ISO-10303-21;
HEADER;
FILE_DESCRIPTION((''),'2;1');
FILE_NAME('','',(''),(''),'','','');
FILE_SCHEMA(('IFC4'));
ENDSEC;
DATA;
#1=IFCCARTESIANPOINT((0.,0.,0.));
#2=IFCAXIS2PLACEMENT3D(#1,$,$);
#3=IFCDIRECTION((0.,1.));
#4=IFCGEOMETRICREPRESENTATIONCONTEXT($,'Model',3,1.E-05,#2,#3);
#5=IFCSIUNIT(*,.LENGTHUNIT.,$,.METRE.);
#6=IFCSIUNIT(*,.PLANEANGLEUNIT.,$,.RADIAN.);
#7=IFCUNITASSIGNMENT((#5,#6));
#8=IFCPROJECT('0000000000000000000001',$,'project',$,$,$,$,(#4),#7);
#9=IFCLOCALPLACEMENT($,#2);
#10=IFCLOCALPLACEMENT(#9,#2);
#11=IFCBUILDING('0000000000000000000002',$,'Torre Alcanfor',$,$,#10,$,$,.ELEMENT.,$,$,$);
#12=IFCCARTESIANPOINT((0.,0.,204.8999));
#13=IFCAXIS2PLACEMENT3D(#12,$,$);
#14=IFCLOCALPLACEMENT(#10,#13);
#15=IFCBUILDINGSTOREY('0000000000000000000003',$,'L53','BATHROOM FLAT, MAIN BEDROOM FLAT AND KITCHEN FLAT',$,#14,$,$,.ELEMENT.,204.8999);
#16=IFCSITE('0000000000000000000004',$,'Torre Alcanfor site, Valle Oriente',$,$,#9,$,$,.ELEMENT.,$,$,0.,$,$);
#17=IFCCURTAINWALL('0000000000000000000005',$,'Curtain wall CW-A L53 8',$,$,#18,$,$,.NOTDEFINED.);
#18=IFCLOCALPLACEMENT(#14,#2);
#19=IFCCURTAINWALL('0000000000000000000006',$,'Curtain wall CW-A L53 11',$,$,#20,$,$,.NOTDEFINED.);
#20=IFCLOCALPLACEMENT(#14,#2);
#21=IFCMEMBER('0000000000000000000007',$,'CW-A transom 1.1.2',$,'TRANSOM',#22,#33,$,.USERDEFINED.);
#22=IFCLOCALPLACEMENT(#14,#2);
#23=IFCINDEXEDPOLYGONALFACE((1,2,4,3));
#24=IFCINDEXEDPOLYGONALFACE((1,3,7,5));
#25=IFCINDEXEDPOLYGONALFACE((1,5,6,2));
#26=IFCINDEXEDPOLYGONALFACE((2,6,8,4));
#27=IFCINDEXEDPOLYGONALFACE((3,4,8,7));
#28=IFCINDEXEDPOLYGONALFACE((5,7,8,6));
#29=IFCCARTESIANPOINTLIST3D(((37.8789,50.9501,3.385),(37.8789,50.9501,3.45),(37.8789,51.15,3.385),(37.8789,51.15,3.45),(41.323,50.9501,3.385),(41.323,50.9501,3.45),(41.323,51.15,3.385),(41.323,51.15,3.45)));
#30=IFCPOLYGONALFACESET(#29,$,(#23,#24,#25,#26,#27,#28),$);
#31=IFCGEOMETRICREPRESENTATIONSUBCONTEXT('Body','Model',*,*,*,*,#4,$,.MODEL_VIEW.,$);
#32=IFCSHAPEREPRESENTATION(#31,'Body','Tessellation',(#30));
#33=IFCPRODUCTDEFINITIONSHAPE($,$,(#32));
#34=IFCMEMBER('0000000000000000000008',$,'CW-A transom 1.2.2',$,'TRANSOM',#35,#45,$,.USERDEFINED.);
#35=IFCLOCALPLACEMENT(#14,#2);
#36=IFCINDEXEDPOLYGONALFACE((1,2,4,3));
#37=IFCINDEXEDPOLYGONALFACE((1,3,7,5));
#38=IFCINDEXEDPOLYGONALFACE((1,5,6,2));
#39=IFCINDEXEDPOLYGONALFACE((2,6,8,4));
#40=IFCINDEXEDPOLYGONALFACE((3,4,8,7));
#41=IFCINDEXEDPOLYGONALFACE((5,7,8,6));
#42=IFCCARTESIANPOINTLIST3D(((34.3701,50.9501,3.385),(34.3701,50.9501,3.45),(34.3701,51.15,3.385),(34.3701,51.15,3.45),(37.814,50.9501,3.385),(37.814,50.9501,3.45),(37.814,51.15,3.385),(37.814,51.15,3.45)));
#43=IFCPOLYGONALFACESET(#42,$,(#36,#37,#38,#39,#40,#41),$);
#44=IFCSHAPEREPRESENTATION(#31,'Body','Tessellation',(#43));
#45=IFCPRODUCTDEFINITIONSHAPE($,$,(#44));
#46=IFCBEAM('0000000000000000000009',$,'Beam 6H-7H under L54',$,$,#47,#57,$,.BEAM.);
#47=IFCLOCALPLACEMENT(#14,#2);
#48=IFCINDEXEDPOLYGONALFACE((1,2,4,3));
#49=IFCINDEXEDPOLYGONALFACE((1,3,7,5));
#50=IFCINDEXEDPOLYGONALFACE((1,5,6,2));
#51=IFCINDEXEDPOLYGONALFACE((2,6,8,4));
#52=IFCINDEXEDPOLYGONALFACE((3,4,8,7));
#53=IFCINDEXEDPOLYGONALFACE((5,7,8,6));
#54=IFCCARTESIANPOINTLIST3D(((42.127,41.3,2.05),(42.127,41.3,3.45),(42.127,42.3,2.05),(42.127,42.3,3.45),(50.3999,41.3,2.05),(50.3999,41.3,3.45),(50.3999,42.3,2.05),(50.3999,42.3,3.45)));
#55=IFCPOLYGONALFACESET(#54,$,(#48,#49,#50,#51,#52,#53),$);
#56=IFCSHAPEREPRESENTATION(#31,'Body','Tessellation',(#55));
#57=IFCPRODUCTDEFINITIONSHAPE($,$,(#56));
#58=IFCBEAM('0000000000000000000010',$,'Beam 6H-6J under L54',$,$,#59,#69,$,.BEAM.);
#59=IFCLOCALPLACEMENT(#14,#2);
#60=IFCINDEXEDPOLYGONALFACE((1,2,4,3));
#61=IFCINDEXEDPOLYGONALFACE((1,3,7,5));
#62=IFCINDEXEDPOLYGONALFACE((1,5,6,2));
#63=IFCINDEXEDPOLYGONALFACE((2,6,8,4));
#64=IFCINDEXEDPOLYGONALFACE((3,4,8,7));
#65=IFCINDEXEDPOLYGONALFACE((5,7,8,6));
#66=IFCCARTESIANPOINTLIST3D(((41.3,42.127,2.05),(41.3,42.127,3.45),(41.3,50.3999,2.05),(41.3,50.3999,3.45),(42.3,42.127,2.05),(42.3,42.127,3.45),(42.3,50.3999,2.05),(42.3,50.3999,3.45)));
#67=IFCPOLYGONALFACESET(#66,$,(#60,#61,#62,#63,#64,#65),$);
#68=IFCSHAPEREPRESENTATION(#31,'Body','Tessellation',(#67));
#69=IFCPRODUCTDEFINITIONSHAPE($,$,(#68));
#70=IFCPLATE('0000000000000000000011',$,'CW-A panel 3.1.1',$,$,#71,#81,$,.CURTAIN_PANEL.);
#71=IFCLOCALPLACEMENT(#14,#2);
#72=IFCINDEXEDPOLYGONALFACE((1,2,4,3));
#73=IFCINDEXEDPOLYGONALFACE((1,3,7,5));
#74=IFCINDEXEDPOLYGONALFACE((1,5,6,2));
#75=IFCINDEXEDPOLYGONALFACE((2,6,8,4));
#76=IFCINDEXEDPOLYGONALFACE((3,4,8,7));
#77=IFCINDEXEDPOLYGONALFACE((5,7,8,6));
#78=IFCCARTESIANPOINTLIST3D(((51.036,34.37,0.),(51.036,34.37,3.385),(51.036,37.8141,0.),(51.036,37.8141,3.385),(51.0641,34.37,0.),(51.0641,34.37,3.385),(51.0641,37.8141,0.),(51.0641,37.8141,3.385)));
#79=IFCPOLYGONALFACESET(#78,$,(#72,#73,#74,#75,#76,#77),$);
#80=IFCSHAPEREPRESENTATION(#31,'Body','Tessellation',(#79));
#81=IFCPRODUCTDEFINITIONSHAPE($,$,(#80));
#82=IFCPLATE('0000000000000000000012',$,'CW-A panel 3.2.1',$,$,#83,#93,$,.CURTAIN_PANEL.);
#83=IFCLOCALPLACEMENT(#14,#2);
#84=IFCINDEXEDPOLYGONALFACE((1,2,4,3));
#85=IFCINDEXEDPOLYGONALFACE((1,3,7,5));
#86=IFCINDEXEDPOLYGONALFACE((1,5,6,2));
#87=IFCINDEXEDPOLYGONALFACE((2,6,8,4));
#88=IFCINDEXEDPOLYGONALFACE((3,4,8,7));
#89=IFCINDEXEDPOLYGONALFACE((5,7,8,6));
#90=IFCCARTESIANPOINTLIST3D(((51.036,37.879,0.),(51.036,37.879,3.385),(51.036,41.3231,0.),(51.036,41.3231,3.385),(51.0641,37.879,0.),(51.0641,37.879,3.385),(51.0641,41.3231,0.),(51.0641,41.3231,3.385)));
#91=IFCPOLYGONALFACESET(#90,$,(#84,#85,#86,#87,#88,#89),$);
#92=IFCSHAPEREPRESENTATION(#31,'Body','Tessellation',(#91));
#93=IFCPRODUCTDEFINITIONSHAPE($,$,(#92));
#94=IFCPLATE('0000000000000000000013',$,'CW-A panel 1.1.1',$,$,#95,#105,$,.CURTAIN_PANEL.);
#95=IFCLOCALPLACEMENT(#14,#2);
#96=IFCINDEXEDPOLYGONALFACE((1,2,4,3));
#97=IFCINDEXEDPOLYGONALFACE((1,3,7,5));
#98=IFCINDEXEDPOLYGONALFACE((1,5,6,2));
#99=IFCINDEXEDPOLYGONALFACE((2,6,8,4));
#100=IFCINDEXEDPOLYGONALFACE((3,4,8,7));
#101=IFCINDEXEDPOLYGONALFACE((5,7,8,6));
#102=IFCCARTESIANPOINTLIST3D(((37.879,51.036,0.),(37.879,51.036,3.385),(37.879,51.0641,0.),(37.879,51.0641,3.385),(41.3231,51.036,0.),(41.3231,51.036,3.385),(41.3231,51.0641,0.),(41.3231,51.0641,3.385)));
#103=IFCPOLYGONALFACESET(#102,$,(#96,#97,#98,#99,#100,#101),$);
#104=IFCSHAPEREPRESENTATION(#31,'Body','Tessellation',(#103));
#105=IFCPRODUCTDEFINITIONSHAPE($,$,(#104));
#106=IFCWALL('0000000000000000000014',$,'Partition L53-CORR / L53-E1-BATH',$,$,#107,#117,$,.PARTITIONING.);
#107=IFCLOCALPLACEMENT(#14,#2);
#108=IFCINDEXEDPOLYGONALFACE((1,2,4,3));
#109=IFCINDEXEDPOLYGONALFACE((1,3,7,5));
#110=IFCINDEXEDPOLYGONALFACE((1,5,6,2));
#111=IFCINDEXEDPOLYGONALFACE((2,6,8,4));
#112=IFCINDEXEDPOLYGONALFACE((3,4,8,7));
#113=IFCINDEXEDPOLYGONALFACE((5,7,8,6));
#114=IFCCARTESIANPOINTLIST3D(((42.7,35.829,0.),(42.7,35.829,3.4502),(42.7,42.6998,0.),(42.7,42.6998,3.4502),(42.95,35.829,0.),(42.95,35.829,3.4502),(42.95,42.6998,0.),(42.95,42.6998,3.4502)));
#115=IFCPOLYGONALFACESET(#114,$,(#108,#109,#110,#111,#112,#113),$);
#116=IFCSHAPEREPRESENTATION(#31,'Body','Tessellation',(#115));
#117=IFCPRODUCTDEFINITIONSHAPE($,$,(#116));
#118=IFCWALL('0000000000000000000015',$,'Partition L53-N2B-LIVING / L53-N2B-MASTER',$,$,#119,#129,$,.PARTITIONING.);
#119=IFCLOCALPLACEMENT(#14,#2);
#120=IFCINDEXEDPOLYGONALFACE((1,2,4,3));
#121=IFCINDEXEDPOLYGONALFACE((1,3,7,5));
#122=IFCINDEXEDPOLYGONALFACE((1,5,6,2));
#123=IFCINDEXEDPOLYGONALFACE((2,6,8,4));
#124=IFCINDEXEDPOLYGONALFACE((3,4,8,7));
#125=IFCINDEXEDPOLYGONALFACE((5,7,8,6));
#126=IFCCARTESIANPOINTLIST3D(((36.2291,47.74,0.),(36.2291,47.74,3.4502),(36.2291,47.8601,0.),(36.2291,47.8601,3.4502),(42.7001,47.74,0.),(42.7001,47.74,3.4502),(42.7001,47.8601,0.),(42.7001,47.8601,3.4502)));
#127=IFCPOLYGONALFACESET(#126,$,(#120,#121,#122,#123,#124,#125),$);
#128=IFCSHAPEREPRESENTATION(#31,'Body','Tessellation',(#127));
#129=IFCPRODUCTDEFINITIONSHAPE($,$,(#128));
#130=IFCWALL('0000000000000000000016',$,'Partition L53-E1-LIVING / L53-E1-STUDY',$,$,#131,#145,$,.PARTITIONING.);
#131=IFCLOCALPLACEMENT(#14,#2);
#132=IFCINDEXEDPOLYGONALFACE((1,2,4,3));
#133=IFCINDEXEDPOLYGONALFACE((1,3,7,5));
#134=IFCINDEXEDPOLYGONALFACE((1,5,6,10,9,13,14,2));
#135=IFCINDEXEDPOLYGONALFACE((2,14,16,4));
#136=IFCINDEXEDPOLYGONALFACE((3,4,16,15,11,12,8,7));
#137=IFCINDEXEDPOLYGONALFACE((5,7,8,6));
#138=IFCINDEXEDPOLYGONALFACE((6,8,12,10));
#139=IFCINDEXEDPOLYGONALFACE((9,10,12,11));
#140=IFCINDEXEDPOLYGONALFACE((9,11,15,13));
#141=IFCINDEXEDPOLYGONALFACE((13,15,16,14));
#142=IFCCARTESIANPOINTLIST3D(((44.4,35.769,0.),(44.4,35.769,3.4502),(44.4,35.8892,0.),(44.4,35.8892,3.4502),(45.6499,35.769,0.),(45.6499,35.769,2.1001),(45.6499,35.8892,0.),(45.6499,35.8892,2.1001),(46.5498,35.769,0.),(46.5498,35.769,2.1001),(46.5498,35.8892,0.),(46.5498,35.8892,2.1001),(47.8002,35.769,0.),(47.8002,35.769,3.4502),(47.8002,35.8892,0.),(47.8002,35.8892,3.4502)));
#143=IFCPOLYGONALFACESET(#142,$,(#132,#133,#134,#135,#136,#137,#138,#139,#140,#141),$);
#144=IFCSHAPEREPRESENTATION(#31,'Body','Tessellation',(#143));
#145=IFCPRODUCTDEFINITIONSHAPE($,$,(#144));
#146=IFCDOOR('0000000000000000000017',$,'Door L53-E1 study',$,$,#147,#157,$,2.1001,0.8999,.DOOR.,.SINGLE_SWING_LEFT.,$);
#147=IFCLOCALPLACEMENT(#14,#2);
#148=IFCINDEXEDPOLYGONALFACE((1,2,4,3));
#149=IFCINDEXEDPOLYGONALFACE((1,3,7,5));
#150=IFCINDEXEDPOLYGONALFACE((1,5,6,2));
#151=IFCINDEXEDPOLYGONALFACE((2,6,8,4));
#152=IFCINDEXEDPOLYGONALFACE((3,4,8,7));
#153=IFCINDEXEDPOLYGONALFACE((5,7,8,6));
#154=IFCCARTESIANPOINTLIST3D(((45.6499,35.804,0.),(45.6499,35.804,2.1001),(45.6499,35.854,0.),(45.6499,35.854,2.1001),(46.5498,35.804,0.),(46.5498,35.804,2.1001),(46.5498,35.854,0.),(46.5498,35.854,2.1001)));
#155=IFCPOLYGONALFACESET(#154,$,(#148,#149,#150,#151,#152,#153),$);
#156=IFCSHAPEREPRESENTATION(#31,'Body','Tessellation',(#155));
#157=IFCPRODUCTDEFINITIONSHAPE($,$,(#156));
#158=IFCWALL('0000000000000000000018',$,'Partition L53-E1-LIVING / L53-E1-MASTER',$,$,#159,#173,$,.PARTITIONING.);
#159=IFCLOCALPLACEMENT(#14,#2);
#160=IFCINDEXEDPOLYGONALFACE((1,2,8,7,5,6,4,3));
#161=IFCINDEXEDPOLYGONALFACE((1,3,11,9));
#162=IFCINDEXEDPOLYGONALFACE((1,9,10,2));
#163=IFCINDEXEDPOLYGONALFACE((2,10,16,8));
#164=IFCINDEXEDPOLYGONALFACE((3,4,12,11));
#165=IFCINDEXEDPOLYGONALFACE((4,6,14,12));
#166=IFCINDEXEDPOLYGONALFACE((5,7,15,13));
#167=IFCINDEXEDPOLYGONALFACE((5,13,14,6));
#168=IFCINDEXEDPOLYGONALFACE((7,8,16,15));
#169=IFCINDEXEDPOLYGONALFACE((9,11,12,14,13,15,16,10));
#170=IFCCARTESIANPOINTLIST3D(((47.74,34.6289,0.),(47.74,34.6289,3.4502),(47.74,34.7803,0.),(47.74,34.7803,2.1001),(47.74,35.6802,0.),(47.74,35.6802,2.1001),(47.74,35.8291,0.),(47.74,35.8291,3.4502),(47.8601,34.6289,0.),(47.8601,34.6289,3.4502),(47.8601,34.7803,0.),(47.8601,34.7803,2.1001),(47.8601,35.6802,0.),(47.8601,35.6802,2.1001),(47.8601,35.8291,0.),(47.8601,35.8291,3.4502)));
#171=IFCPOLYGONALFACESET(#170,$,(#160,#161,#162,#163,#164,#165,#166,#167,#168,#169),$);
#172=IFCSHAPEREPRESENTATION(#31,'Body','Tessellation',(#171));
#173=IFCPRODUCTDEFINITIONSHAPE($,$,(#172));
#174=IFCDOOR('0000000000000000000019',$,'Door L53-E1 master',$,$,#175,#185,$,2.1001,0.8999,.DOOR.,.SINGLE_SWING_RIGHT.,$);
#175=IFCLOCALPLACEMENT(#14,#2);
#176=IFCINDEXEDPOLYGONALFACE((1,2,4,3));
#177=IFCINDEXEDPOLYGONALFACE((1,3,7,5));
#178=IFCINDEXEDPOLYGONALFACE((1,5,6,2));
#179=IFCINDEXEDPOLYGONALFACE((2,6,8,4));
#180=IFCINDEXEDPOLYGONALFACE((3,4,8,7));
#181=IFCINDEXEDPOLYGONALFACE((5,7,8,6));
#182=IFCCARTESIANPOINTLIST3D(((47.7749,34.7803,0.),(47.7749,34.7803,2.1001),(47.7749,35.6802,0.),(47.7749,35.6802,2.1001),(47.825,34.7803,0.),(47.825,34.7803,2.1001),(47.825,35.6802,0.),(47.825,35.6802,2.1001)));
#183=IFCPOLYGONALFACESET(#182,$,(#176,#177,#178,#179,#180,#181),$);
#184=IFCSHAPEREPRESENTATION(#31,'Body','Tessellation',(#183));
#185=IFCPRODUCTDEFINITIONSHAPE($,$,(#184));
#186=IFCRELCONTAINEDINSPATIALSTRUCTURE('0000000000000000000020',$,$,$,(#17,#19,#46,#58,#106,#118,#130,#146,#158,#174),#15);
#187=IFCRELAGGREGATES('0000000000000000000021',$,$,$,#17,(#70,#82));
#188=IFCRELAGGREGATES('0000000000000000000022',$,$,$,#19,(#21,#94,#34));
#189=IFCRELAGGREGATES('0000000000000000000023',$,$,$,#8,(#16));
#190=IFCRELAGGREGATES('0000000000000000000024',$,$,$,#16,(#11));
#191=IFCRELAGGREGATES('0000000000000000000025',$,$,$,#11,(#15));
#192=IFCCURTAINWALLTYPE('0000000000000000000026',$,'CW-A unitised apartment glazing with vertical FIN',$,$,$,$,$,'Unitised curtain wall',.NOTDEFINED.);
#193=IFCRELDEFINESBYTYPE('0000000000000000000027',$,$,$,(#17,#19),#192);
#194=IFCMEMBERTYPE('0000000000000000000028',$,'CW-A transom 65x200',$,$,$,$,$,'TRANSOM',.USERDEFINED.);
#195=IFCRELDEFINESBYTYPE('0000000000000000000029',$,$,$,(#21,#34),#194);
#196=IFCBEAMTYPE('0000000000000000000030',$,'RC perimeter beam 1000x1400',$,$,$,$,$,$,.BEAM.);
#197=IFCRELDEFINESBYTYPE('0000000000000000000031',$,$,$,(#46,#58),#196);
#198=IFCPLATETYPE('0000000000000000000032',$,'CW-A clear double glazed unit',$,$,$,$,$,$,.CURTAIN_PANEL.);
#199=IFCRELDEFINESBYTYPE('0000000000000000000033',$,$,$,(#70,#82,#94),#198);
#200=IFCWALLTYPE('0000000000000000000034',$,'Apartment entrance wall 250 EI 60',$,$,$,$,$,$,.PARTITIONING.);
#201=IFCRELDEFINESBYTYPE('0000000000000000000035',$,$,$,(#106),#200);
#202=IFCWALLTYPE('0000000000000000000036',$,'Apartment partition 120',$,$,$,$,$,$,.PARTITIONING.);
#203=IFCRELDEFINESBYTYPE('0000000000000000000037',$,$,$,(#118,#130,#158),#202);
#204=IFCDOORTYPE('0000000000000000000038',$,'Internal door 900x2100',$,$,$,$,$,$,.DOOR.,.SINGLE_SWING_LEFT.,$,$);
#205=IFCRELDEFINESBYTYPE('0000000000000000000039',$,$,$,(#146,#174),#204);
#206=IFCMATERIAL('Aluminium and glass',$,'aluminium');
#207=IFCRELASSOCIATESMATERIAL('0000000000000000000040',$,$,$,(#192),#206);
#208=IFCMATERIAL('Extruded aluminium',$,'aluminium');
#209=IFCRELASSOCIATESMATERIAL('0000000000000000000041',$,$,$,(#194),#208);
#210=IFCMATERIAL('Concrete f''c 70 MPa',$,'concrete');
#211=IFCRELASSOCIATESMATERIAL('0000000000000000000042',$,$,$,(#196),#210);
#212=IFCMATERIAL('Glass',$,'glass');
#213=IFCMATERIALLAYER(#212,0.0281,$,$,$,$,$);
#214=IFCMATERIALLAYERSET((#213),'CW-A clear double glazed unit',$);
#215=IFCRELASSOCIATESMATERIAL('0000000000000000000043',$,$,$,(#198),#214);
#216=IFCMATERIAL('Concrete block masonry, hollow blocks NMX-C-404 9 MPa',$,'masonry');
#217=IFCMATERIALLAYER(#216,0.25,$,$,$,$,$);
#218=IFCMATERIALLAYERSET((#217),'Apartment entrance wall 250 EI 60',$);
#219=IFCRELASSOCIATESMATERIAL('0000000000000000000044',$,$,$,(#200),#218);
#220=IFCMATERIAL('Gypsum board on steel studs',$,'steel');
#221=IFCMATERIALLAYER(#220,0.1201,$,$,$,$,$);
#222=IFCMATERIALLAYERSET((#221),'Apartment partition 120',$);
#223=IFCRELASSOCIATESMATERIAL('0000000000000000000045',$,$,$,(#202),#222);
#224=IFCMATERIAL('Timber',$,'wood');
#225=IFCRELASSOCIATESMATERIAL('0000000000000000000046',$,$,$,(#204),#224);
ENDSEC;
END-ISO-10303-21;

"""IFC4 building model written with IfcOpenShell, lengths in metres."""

from ifc_helpers import new_model, si_unit, direction, frame, frame_2d, origin, origin_2d, place, context, subcontext, project, spatial, rectangle, extrude, material, layer, layer_set, material_profile, profile_set, type_object, element, fill, aggregate, save


model = new_model("IFC4")

# Units and contexts
model_context = context("Model", 3, precision=1e-05, world=origin(), true_north=direction((0.0, 1.0)))
body_context = subcontext(model_context, "Body", "Model", "MODEL_VIEW")
ifc_project = project(units=[si_unit("LENGTHUNIT", "METRE"), si_unit("PLANEANGLEUNIT", "RADIAN")], contexts=[model_context])

# Site, building, storey
site_placement = place(None, origin())
site = spatial("IfcSite", under=ifc_project, at=site_placement, Name="Torre Alcanfor site, Valle Oriente", CompositionType="ELEMENT", RefElevation=0.0)
building_placement = place(site_placement, origin())
building = spatial("IfcBuilding", under=site, at=building_placement, Name="Torre Alcanfor", CompositionType="ELEMENT")
storey_placement = place(building_placement, frame((0.0, 0.0, 204.8999)))
storey = spatial("IfcBuildingStorey", under=building, at=storey_placement, Name="L53", Description="BATHROOM FLAT, MAIN BEDROOM FLAT AND KITCHEN FLAT", CompositionType="ELEMENT", Elevation=204.8999)

# Curtain walls
ifc_material_1 = material(Name="Aluminium and glass", Category="aluminium")
curtain_wall_type = type_object("IfcCurtainWallType", Name="CW-A unitised apartment glazing with vertical FIN", ElementType="Unitised curtain wall", PredefinedType="NOTDEFINED", material=ifc_material_1)
curtain_wall_1_placement = place(storey_placement, origin())
curtain_wall_1 = element("IfcCurtainWall", 1, at=curtain_wall_1_placement, inside=storey, type_object=curtain_wall_type, Name="Curtain wall CW-A L53 8", PredefinedType="NOTDEFINED")
curtain_wall_2_placement = place(storey_placement, origin())
curtain_wall_2 = element("IfcCurtainWall", 2, at=curtain_wall_2_placement, inside=storey, type_object=curtain_wall_type, Name="Curtain wall CW-A L53 11", PredefinedType="NOTDEFINED")

# Members
ifc_material_2 = material(Name="Extruded aluminium", Category="aluminium")
ifc_material_profile_1 = material_profile(ifc_material_2, rectangle(XDim=0.2, YDim=0.0649, at=origin_2d()), Name="CW-A transom 200x65")
ifc_profile_set_1 = profile_set([ifc_material_profile_1], Name="Extruded aluminium")
member_type_1 = type_object("IfcMemberType", Name="CW-A transom 65x200", ElementType="TRANSOM", PredefinedType="USERDEFINED", material=ifc_profile_set_1)
member_1_placement = place(storey_placement, frame((41.323, 51.05, 3.4175), z_axis=(-1.0, 0.0, 0.0), x_axis=(0.0, -1.0, 0.0)))
member_1 = element("IfcMember", 3, at=member_1_placement, type_object=member_type_1, Name="CW-A transom 1.1.2", ObjectType="TRANSOM", PredefinedType="USERDEFINED", context=body_context, shape_type="SweptSolid", body=[
    extrude(rectangle(XDim=0.2, YDim=0.0649, at=origin_2d()), origin(), (0.0, 0.0, 1.0), 3.4441),
])
member_2_placement = place(storey_placement, frame((37.814, 51.05, 3.4175), z_axis=(-1.0, 0.0, 0.0), x_axis=(0.0, -1.0, 0.0)))
member_2 = element("IfcMember", 4, at=member_2_placement, type_object=member_type_1, Name="CW-A transom 1.2.2", ObjectType="TRANSOM", PredefinedType="USERDEFINED", context=body_context, shape_type="SweptSolid", body=[
    extrude(rectangle(XDim=0.2, YDim=0.0649, at=origin_2d()), origin(), (0.0, 0.0, 1.0), 3.4438),
])

# Beams
ifc_material_3 = material(Name="Concrete f'c 70 MPa", Category="concrete")
ifc_material_profile_2 = material_profile(ifc_material_3, rectangle(XDim=1.0, YDim=1.3999, at=origin_2d()), Name="1000x1400")
ifc_profile_set_2 = profile_set([ifc_material_profile_2], Name="Concrete f'c 70 MPa")
beam_type = type_object("IfcBeamType", Name="RC perimeter beam 1000x1400", PredefinedType="BEAM", material=ifc_profile_set_2)
for number, where, z_axis, x_axis, name in (
    (5, (42.127, 41.8, 2.75), (1.0, 0.0, 0.0), (0.0, 1.0, 0.0), "Beam 6H-7H under L54"),
    (6, (41.8, 42.127, 2.75), (0.0, 1.0, 0.0), (-1.0, 0.0, 0.0), "Beam 6H-6J under L54"),
):
    element("IfcBeam", number, at=place(storey_placement, frame(where, z_axis=z_axis, x_axis=x_axis)), inside=storey, type_object=beam_type, Name=name, PredefinedType="BEAM", context=body_context, shape_type="SweptSolid", body=[
        extrude(rectangle(XDim=1.0, YDim=1.3999, at=origin_2d()), origin(), (0.0, 0.0, 1.0), 8.2729),
    ])

# Plates
ifc_material_4 = material(Name="Glass", Category="glass")
ifc_layer_1 = layer(ifc_material_4, 0.0281)
ifc_layer_set_1 = layer_set([ifc_layer_1], Name="CW-A clear double glazed unit")
plate_type = type_object("IfcPlateType", Name="CW-A clear double glazed unit", PredefinedType="CURTAIN_PANEL", material=ifc_layer_set_1)
plate_1_placement = place(storey_placement, frame((51.05, 36.092, 0.0), z_axis=(0.0, 0.0, 1.0), x_axis=(0.0, 1.0, 0.0)))
plate_1 = element("IfcPlate", 7, at=plate_1_placement, type_object=plate_type, Name="CW-A panel 3.1.1", PredefinedType="CURTAIN_PANEL", context=body_context, shape_type="SweptSolid", body=[
    extrude(rectangle(XDim=3.4441, YDim=0.0281, at=origin_2d()), origin(), (0.0, 0.0, 1.0), 3.385),
])
plate_2_placement = place(storey_placement, frame((51.05, 39.6011, 0.0), z_axis=(0.0, 0.0, 1.0), x_axis=(0.0, 1.0, 0.0)))
plate_2 = element("IfcPlate", 8, at=plate_2_placement, type_object=plate_type, Name="CW-A panel 3.2.1", PredefinedType="CURTAIN_PANEL", context=body_context, shape_type="SweptSolid", body=[
    extrude(rectangle(XDim=3.4441, YDim=0.0281, at=origin_2d()), origin(), (0.0, 0.0, 1.0), 3.385),
])
aggregate(curtain_wall_1, [plate_1, plate_2])
plate_3_placement = place(storey_placement, frame((39.6011, 51.05, 0.0), z_axis=(0.0, 0.0, 1.0), x_axis=(-1.0, 0.0, 0.0)))
plate_3 = element("IfcPlate", 9, at=plate_3_placement, type_object=plate_type, Name="CW-A panel 1.1.1", PredefinedType="CURTAIN_PANEL", context=body_context, shape_type="SweptSolid", body=[
    extrude(rectangle(XDim=3.4441, YDim=0.0281, at=origin_2d()), origin(), (0.0, 0.0, 1.0), 3.385),
])
aggregate(curtain_wall_2, [member_1, plate_3, member_2])

# Walls
ifc_material_5 = material(Name="Concrete block masonry, hollow blocks NMX-C-404 9 MPa", Category="masonry")
ifc_layer_2 = layer(ifc_material_5, 0.25)
ifc_layer_set_2 = layer_set([ifc_layer_2], Name="Apartment entrance wall 250 EI 60")
wall_type_1 = type_object("IfcWallType", Name="Apartment entrance wall 250 EI 60", PredefinedType="PARTITIONING", material=ifc_layer_set_2)
wall_1_placement = place(storey_placement, frame((42.825, 42.7, 0.0), z_axis=(0.0, 0.0, 1.0), x_axis=(0.0, -1.0, 0.0)))
element("IfcWall", 10, at=wall_1_placement, inside=storey, type_object=wall_type_1, Name="Partition L53-CORR / L53-E1-BATH", PredefinedType="PARTITIONING", context=body_context, shape_type="SweptSolid", body=[
    extrude(rectangle(XDim=6.8708, YDim=0.25, at=frame_2d((3.4355, 0.0))), origin(), (0.0, 0.0, 1.0), 3.4502),
])
ifc_material_6 = material(Name="Gypsum board on steel studs", Category="steel")
ifc_layer_3 = layer(ifc_material_6, 0.1201)
ifc_layer_set_3 = layer_set([ifc_layer_3], Name="Apartment partition 120")
wall_type_2 = type_object("IfcWallType", Name="Apartment partition 120", PredefinedType="PARTITIONING", material=ifc_layer_set_3)
wall_2_placement = place(storey_placement, frame((42.7, 47.8, 0.0), z_axis=(0.0, 0.0, 1.0), x_axis=(-1.0, 0.0, 0.0)))
element("IfcWall", 11, at=wall_2_placement, inside=storey, type_object=wall_type_2, Name="Partition L53-N2B-LIVING / L53-N2B-MASTER", PredefinedType="PARTITIONING", context=body_context, shape_type="SweptSolid", body=[
    extrude(rectangle(XDim=6.4709, YDim=0.1201, at=frame_2d((3.2354, 0.0))), origin(), (0.0, 0.0, 1.0), 3.4502),
])

# Walls, openings, doors
wall_3_placement = place(storey_placement, frame((44.3999, 35.8291, 0.0), z_axis=(0.0, 0.0, 1.0), x_axis=(1.0, 0.0, 0.0)))
wall_3 = element("IfcWall", 12, at=wall_3_placement, inside=storey, type_object=wall_type_2, Name="Partition L53-E1-LIVING / L53-E1-STUDY", PredefinedType="PARTITIONING", context=body_context, shape_type="SweptSolid", body=[
    extrude(rectangle(XDim=3.4001, YDim=0.1201, at=frame_2d((1.7002, 0.0))), origin(), (0.0, 0.0, 1.0), 3.4502),
])
opening_1_placement = place(wall_3_placement, frame((1.25, 0.0, 0.0)))
opening_1 = element("IfcOpeningElement", 13, at=opening_1_placement, cuts=wall_3, PredefinedType="OPENING", context=body_context, shape_type="SweptSolid", body=[
    extrude(rectangle(XDim=0.8999, YDim=2.1001, at=frame_2d((0.45, 1.05))), frame((0.0, 0.0701, 0.0), z_axis=(0.0, -1.0, 0.0), x_axis=(1.0, 0.0, 0.0)), (0.0, 0.0, 1.0), 0.1401),
])
ifc_material_7 = material(Name="Timber", Category="wood")
door_type = type_object("IfcDoorType", Name="Internal door 900x2100", OperationType="SINGLE_SWING_LEFT", PredefinedType="DOOR", material=ifc_material_7)
door_1_placement = place(opening_1_placement, origin())
door_1 = element("IfcDoor", 14, at=door_1_placement, inside=storey, type_object=door_type, Name="Door L53-E1 study", OperationType="SINGLE_SWING_LEFT", OverallHeight=2.1001, OverallWidth=0.8999, PredefinedType="DOOR", context=body_context, shape_type="SweptSolid", body=[
    extrude(rectangle(XDim=0.8999, YDim=2.1001, at=frame_2d((0.45, 1.05))), frame((0.0, 0.0249, 0.0), z_axis=(0.0, -1.0, 0.0), x_axis=(1.0, 0.0, 0.0)), (0.0, 0.0, 1.0), 0.05),
])
fill(opening_1, door_1)
wall_4_placement = place(storey_placement, frame((47.8, 35.8291, 0.0), z_axis=(0.0, 0.0, 1.0), x_axis=(0.0, -1.0, 0.0)))
wall_4 = element("IfcWall", 15, at=wall_4_placement, inside=storey, type_object=wall_type_2, Name="Partition L53-E1-LIVING / L53-E1-MASTER", PredefinedType="PARTITIONING", context=body_context, shape_type="SweptSolid", body=[
    extrude(rectangle(XDim=1.2002, YDim=0.1201, at=frame_2d((0.6001, 0.0))), origin(), (0.0, 0.0, 1.0), 3.4502),
])
opening_2_placement = place(wall_4_placement, frame((0.1489, 0.0, 0.0)))
opening_2 = element("IfcOpeningElement", 16, at=opening_2_placement, cuts=wall_4, PredefinedType="OPENING", context=body_context, shape_type="SweptSolid", body=[
    extrude(rectangle(XDim=0.8999, YDim=2.1001, at=frame_2d((0.45, 1.05))), frame((0.0, 0.0701, 0.0), z_axis=(0.0, -1.0, 0.0), x_axis=(1.0, 0.0, 0.0)), (0.0, 0.0, 1.0), 0.1401),
])
door_2_placement = place(opening_2_placement, origin())
door_2 = element("IfcDoor", 17, at=door_2_placement, inside=storey, type_object=door_type, Name="Door L53-E1 master", OperationType="SINGLE_SWING_RIGHT", OverallHeight=2.1001, OverallWidth=0.8999, PredefinedType="DOOR", context=body_context, shape_type="SweptSolid", body=[
    extrude(rectangle(XDim=0.8999, YDim=2.1001, at=frame_2d((0.45, 1.05))), frame((0.0, 0.0249, 0.0), z_axis=(0.0, -1.0, 0.0), x_axis=(1.0, 0.0, 0.0)), (0.0, 0.0, 1.0), 0.05),
])
fill(opening_2, door_2)

save(model, "model.ifc")
